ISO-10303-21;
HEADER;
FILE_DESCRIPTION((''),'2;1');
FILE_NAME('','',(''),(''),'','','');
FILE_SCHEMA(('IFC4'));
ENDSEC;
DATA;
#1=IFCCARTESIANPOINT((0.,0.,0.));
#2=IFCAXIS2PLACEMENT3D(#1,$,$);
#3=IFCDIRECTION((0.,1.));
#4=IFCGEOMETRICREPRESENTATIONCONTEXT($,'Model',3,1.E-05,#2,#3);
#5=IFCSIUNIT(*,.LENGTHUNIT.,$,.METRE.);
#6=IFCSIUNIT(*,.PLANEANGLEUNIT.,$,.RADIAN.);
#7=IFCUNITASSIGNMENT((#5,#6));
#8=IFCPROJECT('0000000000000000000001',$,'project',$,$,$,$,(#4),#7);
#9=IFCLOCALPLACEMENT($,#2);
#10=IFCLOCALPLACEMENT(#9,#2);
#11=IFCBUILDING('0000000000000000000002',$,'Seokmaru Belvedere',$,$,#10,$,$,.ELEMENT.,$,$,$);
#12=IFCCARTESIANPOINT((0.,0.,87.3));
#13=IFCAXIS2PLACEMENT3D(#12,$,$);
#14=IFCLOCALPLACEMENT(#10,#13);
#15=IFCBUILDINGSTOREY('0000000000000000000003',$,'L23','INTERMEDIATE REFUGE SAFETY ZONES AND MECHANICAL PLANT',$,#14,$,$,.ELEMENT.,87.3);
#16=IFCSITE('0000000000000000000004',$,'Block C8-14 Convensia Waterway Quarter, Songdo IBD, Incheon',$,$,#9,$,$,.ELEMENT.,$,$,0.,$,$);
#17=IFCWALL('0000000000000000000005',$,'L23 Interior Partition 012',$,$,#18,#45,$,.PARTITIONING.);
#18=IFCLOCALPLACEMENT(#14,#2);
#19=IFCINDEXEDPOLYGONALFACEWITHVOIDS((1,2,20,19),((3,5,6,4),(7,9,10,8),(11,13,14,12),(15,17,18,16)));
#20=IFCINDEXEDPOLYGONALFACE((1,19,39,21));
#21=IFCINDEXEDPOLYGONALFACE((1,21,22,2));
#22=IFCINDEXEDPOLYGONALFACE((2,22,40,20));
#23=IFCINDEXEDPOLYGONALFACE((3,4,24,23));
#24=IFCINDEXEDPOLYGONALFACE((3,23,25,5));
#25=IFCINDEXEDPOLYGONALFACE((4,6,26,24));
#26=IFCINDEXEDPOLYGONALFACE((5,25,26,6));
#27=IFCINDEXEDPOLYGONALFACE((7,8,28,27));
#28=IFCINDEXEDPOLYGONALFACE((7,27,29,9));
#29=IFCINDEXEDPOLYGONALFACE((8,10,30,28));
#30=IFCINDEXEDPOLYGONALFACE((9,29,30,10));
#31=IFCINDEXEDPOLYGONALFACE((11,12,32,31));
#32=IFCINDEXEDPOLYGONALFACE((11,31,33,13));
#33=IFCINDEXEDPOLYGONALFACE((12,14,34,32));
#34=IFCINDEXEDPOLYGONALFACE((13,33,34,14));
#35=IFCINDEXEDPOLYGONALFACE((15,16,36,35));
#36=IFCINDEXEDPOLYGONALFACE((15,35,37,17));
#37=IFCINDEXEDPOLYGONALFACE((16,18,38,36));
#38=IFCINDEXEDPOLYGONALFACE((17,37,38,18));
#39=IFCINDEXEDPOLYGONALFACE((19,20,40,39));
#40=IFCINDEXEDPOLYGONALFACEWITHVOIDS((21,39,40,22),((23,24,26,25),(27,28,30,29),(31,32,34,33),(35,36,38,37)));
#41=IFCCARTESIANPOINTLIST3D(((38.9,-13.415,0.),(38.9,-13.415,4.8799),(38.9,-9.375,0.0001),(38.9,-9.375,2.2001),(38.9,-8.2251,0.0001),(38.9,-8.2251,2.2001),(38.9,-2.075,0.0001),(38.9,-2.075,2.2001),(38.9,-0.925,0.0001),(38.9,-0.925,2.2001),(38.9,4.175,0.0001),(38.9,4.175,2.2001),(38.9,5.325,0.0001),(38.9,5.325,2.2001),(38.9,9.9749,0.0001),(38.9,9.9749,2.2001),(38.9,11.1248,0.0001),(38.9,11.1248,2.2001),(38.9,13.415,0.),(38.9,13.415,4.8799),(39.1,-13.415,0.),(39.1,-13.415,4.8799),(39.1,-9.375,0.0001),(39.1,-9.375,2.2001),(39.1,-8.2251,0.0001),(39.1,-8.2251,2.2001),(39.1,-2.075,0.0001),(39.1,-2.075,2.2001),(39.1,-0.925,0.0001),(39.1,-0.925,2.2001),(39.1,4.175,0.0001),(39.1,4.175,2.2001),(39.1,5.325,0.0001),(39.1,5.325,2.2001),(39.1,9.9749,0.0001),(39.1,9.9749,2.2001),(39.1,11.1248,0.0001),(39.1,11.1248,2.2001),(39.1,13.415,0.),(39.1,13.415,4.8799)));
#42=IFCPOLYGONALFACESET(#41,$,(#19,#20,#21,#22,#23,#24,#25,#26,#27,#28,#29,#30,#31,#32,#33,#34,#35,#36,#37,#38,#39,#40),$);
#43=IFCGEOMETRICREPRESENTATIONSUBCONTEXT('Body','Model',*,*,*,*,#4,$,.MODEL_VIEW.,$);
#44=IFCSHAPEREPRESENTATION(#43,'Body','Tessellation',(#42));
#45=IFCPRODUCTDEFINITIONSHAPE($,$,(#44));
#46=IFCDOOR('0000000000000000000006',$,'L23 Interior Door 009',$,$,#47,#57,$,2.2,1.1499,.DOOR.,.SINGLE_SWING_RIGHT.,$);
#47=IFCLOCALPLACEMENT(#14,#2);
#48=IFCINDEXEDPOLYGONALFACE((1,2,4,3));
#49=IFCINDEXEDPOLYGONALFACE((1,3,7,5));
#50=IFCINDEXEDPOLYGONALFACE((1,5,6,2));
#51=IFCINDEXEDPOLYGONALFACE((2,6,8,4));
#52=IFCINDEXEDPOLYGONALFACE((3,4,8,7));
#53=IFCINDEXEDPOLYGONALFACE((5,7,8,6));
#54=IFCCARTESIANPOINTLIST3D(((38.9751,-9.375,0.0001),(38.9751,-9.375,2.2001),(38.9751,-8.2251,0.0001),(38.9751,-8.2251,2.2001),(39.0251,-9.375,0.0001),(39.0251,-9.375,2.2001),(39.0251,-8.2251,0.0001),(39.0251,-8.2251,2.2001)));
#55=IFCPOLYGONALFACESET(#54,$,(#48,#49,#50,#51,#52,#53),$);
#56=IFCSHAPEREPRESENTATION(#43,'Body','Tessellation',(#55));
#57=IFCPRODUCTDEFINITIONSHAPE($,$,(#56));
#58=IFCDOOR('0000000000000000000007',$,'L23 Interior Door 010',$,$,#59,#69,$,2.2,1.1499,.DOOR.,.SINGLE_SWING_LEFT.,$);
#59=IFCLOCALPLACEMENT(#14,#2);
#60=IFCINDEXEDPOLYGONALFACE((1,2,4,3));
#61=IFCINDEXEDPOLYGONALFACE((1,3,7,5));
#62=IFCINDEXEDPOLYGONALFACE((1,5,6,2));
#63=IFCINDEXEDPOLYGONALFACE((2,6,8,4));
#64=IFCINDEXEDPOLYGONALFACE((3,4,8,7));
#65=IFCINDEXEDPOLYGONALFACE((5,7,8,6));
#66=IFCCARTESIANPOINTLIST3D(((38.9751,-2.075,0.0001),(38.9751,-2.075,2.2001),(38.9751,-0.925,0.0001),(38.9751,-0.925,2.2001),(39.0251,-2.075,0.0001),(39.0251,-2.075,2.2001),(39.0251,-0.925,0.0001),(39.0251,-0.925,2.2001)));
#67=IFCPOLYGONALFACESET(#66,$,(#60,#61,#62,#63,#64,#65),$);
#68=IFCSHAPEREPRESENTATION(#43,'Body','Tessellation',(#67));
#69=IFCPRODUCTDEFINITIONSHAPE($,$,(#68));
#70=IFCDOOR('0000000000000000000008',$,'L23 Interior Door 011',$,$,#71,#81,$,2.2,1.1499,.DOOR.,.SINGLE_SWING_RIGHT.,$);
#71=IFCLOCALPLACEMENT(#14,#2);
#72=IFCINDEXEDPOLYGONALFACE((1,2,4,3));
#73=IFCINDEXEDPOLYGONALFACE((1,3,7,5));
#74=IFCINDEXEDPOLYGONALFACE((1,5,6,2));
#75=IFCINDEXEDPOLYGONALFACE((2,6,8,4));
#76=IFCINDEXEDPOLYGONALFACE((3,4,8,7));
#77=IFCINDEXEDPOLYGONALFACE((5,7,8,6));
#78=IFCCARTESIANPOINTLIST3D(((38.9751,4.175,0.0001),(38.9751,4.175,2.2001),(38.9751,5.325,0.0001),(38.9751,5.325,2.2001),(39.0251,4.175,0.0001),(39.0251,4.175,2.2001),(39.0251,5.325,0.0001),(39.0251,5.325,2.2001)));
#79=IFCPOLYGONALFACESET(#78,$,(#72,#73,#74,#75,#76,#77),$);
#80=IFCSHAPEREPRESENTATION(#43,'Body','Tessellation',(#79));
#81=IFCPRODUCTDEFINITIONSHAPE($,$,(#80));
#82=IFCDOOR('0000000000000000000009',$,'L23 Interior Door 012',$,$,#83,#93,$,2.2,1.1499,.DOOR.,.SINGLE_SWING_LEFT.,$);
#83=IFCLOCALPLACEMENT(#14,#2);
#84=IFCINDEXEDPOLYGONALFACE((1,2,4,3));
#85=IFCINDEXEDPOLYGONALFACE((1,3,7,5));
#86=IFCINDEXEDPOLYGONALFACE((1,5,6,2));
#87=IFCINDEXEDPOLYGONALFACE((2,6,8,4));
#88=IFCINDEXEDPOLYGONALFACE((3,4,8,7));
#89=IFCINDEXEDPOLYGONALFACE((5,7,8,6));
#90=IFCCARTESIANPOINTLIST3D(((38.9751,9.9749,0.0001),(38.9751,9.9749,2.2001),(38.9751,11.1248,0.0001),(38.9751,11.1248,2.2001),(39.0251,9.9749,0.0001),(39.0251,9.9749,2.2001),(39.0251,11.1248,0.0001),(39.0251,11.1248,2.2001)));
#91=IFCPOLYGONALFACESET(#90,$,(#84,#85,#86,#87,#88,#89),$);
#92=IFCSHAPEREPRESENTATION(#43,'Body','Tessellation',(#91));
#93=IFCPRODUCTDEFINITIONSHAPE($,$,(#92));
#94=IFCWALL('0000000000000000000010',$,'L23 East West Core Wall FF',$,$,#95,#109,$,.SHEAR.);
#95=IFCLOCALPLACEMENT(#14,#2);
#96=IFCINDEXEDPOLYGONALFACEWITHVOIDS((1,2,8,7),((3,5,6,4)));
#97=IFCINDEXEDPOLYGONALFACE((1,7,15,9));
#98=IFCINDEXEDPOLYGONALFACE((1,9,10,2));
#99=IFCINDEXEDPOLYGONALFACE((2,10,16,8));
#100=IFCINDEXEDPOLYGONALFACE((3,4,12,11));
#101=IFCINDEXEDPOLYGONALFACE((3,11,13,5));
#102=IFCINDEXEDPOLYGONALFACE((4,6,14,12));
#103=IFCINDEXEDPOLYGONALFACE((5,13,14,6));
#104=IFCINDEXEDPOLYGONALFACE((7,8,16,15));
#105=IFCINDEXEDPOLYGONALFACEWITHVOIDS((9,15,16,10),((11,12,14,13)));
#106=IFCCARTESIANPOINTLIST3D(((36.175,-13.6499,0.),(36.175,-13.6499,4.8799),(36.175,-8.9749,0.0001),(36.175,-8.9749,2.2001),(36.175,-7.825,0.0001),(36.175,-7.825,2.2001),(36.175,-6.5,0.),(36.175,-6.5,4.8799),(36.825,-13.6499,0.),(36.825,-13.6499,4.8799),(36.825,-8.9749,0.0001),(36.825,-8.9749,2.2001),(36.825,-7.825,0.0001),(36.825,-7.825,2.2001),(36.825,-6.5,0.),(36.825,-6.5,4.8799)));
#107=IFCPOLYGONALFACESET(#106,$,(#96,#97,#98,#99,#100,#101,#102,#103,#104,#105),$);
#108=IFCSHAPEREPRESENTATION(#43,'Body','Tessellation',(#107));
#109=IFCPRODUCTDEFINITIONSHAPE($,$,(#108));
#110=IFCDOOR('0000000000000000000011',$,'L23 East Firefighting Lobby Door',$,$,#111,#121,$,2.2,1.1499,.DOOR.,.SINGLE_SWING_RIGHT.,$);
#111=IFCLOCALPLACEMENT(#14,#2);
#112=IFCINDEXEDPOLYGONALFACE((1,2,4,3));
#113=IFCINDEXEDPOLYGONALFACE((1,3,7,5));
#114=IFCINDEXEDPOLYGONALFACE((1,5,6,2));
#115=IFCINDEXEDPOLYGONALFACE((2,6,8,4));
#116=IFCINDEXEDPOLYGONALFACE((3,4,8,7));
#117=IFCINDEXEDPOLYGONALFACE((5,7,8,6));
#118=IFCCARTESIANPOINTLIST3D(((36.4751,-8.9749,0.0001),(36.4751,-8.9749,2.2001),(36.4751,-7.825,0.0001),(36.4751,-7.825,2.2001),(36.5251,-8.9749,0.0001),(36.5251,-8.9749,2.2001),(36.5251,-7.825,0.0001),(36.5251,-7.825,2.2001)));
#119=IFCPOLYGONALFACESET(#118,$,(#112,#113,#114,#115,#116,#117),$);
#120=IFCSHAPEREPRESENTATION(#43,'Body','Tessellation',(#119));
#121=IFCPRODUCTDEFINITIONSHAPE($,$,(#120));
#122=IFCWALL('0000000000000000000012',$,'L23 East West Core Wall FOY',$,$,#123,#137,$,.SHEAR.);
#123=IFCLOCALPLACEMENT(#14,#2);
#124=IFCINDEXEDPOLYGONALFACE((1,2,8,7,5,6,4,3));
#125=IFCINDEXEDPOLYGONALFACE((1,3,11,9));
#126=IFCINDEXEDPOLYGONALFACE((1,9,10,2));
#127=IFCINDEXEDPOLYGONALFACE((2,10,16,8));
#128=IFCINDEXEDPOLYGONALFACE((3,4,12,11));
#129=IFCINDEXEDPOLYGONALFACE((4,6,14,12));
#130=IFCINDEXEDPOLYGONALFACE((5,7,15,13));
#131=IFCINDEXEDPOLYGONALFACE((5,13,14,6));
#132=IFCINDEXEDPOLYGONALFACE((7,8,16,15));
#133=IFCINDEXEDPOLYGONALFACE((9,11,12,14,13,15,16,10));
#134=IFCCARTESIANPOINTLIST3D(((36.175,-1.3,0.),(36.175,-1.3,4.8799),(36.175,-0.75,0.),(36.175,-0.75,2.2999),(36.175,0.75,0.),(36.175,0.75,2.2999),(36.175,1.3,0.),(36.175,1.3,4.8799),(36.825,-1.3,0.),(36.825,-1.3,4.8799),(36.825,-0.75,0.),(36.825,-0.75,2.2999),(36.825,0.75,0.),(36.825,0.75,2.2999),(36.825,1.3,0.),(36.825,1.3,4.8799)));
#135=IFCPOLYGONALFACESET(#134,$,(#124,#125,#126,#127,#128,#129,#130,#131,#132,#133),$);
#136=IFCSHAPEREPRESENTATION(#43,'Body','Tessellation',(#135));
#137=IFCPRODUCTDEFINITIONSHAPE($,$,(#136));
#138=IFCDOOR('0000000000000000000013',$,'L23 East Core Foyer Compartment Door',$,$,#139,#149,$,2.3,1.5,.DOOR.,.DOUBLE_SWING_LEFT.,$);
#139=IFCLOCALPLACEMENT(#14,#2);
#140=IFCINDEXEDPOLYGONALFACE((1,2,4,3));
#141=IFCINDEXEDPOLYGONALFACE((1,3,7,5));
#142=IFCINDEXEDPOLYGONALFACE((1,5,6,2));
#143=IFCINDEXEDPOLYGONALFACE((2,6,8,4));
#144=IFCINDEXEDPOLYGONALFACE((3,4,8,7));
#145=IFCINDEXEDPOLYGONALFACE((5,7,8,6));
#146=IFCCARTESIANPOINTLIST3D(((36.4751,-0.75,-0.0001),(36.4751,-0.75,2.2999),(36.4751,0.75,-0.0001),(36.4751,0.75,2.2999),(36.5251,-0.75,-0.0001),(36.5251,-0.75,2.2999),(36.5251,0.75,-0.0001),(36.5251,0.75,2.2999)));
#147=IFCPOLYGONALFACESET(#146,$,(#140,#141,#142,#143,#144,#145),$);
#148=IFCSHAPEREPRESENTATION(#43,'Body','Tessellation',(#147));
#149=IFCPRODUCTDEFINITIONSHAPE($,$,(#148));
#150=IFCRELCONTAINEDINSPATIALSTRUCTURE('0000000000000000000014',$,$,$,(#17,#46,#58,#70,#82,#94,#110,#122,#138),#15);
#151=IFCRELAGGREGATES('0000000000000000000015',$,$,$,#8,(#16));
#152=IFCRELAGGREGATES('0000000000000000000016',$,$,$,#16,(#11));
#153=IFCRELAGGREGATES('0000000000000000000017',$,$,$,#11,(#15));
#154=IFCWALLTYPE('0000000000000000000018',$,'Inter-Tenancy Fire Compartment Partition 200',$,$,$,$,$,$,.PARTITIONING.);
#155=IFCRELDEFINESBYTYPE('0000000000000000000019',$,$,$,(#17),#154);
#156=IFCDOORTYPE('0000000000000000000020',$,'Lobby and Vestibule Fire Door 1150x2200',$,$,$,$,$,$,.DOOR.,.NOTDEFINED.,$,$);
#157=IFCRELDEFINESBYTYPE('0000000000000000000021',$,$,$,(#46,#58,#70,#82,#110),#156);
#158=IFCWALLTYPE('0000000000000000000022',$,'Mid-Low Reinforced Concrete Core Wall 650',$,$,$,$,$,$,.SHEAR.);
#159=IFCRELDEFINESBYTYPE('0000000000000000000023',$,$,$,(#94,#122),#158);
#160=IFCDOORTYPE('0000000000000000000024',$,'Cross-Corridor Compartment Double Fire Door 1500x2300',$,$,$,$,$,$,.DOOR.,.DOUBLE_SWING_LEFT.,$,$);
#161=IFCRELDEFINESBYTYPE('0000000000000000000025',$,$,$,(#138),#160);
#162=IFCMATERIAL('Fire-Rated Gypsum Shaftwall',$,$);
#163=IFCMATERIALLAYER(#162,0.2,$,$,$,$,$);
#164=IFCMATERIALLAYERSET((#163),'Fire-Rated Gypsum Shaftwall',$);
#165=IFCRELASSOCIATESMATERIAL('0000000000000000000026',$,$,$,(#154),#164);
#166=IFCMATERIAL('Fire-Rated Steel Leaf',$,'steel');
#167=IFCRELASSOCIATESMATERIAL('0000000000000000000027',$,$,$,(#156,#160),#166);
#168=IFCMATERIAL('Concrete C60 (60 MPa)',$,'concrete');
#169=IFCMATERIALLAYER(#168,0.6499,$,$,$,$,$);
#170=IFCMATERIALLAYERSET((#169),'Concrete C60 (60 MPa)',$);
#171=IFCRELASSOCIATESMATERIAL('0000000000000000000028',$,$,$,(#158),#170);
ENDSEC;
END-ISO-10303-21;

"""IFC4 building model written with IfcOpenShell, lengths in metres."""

from ifc_helpers import new_model, si_unit, direction, frame, frame_2d, origin, place, context, subcontext, project, spatial, rectangle, extrude, source, transform, mapped, material, layer, layer_set, type_object, type_shapes, element, fill, save


model = new_model("IFC4")

# Units and contexts
model_context = context("Model", 3, precision=1e-05, world=origin(), true_north=direction((0.0, 1.0)))
body_context = subcontext(model_context, "Body", "Model", "MODEL_VIEW")
ifc_project = project(units=[si_unit("LENGTHUNIT", "METRE"), si_unit("PLANEANGLEUNIT", "RADIAN")], contexts=[model_context])

# Site, building, storey
site_placement = place(None, origin())
site = spatial("IfcSite", under=ifc_project, at=site_placement, Name="Block C8-14 Convensia Waterway Quarter, Songdo IBD, Incheon", CompositionType="ELEMENT", RefElevation=0.0)
building_placement = place(site_placement, origin())
building = spatial("IfcBuilding", under=site, at=building_placement, Name="Seokmaru Belvedere", CompositionType="ELEMENT")
storey_placement = place(building_placement, frame((0.0, 0.0, 87.3)))
storey = spatial("IfcBuildingStorey", under=building, at=storey_placement, Name="L23", Description="INTERMEDIATE REFUGE SAFETY ZONES AND MECHANICAL PLANT", CompositionType="ELEMENT", Elevation=87.3)

# Shared definitions
ifc_material_1 = material(Name="Fire-Rated Gypsum Shaftwall")
ifc_layer_1 = layer(ifc_material_1, 0.2)
ifc_layer_set_1 = layer_set([ifc_layer_1], Name="Fire-Rated Gypsum Shaftwall")
wall_type_1 = type_object("IfcWallType", Name="Inter-Tenancy Fire Compartment Partition 200", PredefinedType="PARTITIONING", material=ifc_layer_set_1)
ifc_material_2 = material(Name="Fire-Rated Steel Leaf", Category="steel")
door_type_1 = type_object("IfcDoorType", Name="Lobby and Vestibule Fire Door 1150x2200", OperationType="NOTDEFINED", PredefinedType="DOOR", material=ifc_material_2)
shared_shape_1 = source(origin(), body_context, "Body", "SweptSolid", [
    extrude(rectangle(XDim=1.1499, YDim=2.2, at=frame_2d((0.575, 1.1001))), frame((0.0, 0.0249, 0.0), z_axis=(0.0, -1.0, 0.0), x_axis=(1.0, 0.0, 0.0)), (0.0, 0.0, 1.0), 0.05),
])
type_shapes(door_type_1, [shared_shape_1])

# Wall, openings, doors
wall_1_placement = place(storey_placement, frame((39.0, -13.415, 0.0), z_axis=(0.0, 0.0, 1.0), x_axis=(0.0, 1.0, 0.0)))
wall_1 = element("IfcWall", 1, at=wall_1_placement, inside=storey, type_object=wall_type_1, Name="L23 Interior Partition 012", PredefinedType="PARTITIONING", context=body_context, shape_type="SweptSolid", body=[
    extrude(rectangle(XDim=26.8301, YDim=0.2, at=frame_2d((13.415, 0.0))), origin(), (0.0, 0.0, 1.0), 4.8799),
])
opening_1_placement = place(wall_1_placement, frame((4.04, 0.0, 0.0)))
opening_1 = element("IfcOpeningElement", 2, at=opening_1_placement, cuts=wall_1, PredefinedType="OPENING", context=body_context, shape_type="SweptSolid", body=[
    extrude(rectangle(XDim=1.1499, YDim=2.2, at=frame_2d((0.575, 1.1001))), frame((0.0, 0.1099, 0.0), z_axis=(0.0, -1.0, 0.0), x_axis=(1.0, 0.0, 0.0)), (0.0, 0.0, 1.0), 0.22),
])
opening_2_placement = place(wall_1_placement, frame((11.3401, 0.0, 0.0)))
opening_2 = element("IfcOpeningElement", 3, at=opening_2_placement, cuts=wall_1, PredefinedType="OPENING", context=body_context, shape_type="SweptSolid", body=[
    extrude(rectangle(XDim=1.1499, YDim=2.2, at=frame_2d((0.575, 1.1001))), frame((0.0, 0.1099, 0.0), z_axis=(0.0, -1.0, 0.0), x_axis=(1.0, 0.0, 0.0)), (0.0, 0.0, 1.0), 0.22),
])
opening_3_placement = place(wall_1_placement, frame((17.5901, 0.0, 0.0)))
opening_3 = element("IfcOpeningElement", 4, at=opening_3_placement, cuts=wall_1, PredefinedType="OPENING", context=body_context, shape_type="SweptSolid", body=[
    extrude(rectangle(XDim=1.1499, YDim=2.2, at=frame_2d((0.575, 1.1001))), frame((0.0, 0.1099, 0.0), z_axis=(0.0, -1.0, 0.0), x_axis=(1.0, 0.0, 0.0)), (0.0, 0.0, 1.0), 0.22),
])
opening_4_placement = place(wall_1_placement, frame((23.3899, 0.0, 0.0)))
opening_4 = element("IfcOpeningElement", 5, at=opening_4_placement, cuts=wall_1, PredefinedType="OPENING", context=body_context, shape_type="SweptSolid", body=[
    extrude(rectangle(XDim=1.1499, YDim=2.2, at=frame_2d((0.575, 1.1001))), frame((0.0, 0.1099, 0.0), z_axis=(0.0, -1.0, 0.0), x_axis=(1.0, 0.0, 0.0)), (0.0, 0.0, 1.0), 0.22),
])
door_1_placement = place(opening_1_placement, origin())
door_1 = element("IfcDoor", 6, at=door_1_placement, inside=storey, type_object=door_type_1, Name="L23 Interior Door 009", OperationType="SINGLE_SWING_RIGHT", OverallHeight=2.2, OverallWidth=1.1499, PredefinedType="DOOR", context=body_context, shape_type="MappedRepresentation", body=[
    mapped(shared_shape_1, transform((0.0, 0.0, 0.0), scale=1.0)),
])
fill(opening_1, door_1)
door_2_placement = place(opening_2_placement, origin())
door_2 = element("IfcDoor", 7, at=door_2_placement, inside=storey, type_object=door_type_1, Name="L23 Interior Door 010", OperationType="SINGLE_SWING_LEFT", OverallHeight=2.2, OverallWidth=1.1499, PredefinedType="DOOR", context=body_context, shape_type="MappedRepresentation", body=[
    mapped(shared_shape_1, transform((0.0, 0.0, 0.0), scale=1.0)),
])
fill(opening_2, door_2)
door_3_placement = place(opening_3_placement, origin())
door_3 = element("IfcDoor", 8, at=door_3_placement, inside=storey, type_object=door_type_1, Name="L23 Interior Door 011", OperationType="SINGLE_SWING_RIGHT", OverallHeight=2.2, OverallWidth=1.1499, PredefinedType="DOOR", context=body_context, shape_type="MappedRepresentation", body=[
    mapped(shared_shape_1, transform((0.0, 0.0, 0.0), scale=1.0)),
])
fill(opening_3, door_3)
door_4_placement = place(opening_4_placement, origin())
door_4 = element("IfcDoor", 9, at=door_4_placement, inside=storey, type_object=door_type_1, Name="L23 Interior Door 012", OperationType="SINGLE_SWING_LEFT", OverallHeight=2.2, OverallWidth=1.1499, PredefinedType="DOOR", context=body_context, shape_type="MappedRepresentation", body=[
    mapped(shared_shape_1, transform((0.0, 0.0, 0.0), scale=1.0)),
])
fill(opening_4, door_4)

# Walls, openings, doors
ifc_material_3 = material(Name="Concrete C60 (60 MPa)", Category="concrete")
ifc_layer_2 = layer(ifc_material_3, 0.6499)
ifc_layer_set_2 = layer_set([ifc_layer_2], Name="Concrete C60 (60 MPa)")
wall_type_2 = type_object("IfcWallType", Name="Mid-Low Reinforced Concrete Core Wall 650", PredefinedType="SHEAR", material=ifc_layer_set_2)
wall_2_placement = place(storey_placement, frame((36.5, -13.6499, 0.0), z_axis=(0.0, 0.0, 1.0), x_axis=(0.0, 1.0, 0.0)))
wall_2 = element("IfcWall", 10, at=wall_2_placement, inside=storey, type_object=wall_type_2, Name="L23 East West Core Wall FF", PredefinedType="SHEAR", context=body_context, shape_type="SweptSolid", body=[
    extrude(rectangle(XDim=7.1499, YDim=0.6499, at=frame_2d((3.575, 0.0))), origin(), (0.0, 0.0, 1.0), 4.8799),
])
opening_5_placement = place(wall_2_placement, frame((4.675, 0.0, 0.0)))
opening_5 = element("IfcOpeningElement", 11, at=opening_5_placement, cuts=wall_2, PredefinedType="OPENING", context=body_context, shape_type="SweptSolid", body=[
    extrude(rectangle(XDim=1.1499, YDim=2.2, at=frame_2d((0.575, 1.1001))), frame((0.0, 0.335, 0.0), z_axis=(0.0, -1.0, 0.0), x_axis=(1.0, 0.0, 0.0)), (0.0, 0.0, 1.0), 0.6699),
])
door_5_placement = place(opening_5_placement, origin())
door_5 = element("IfcDoor", 12, at=door_5_placement, inside=storey, type_object=door_type_1, Name="L23 East Firefighting Lobby Door", OperationType="SINGLE_SWING_RIGHT", OverallHeight=2.2, OverallWidth=1.1499, PredefinedType="DOOR", context=body_context, shape_type="MappedRepresentation", body=[
    mapped(shared_shape_1, transform((0.0, 0.0, 0.0), scale=1.0)),
])
fill(opening_5, door_5)
wall_3_placement = place(storey_placement, frame((36.5, -1.3, 0.0), z_axis=(0.0, 0.0, 1.0), x_axis=(0.0, 1.0, 0.0)))
wall_3 = element("IfcWall", 13, at=wall_3_placement, inside=storey, type_object=wall_type_2, Name="L23 East West Core Wall FOY", PredefinedType="SHEAR", context=body_context, shape_type="SweptSolid", body=[
    extrude(rectangle(XDim=2.6001, YDim=0.6499, at=frame_2d((1.3, 0.0))), origin(), (0.0, 0.0, 1.0), 4.8799),
])
opening_6_placement = place(wall_3_placement, frame((0.55, 0.0, 0.0)))
opening_6 = element("IfcOpeningElement", 14, at=opening_6_placement, cuts=wall_3, PredefinedType="OPENING", context=body_context, shape_type="SweptSolid", body=[
    extrude(rectangle(XDim=1.5, YDim=2.3, at=frame_2d((0.75, 1.1499))), frame((0.0, 0.335, 0.0), z_axis=(0.0, -1.0, 0.0), x_axis=(1.0, 0.0, 0.0)), (0.0, 0.0, 1.0), 0.6699),
])
door_type_2 = type_object("IfcDoorType", Name="Cross-Corridor Compartment Double Fire Door 1500x2300", OperationType="DOUBLE_SWING_LEFT", PredefinedType="DOOR", material=ifc_material_2)
shared_shape_2 = source(origin(), body_context, "Body", "SweptSolid", [
    extrude(rectangle(XDim=1.5, YDim=2.3, at=frame_2d((0.75, 1.1499))), frame((0.0, 0.0249, 0.0), z_axis=(0.0, -1.0, 0.0), x_axis=(1.0, 0.0, 0.0)), (0.0, 0.0, 1.0), 0.05),
])
type_shapes(door_type_2, [shared_shape_2])
door_6_placement = place(opening_6_placement, origin())
door_6 = element("IfcDoor", 15, at=door_6_placement, inside=storey, type_object=door_type_2, Name="L23 East Core Foyer Compartment Door", OperationType="DOUBLE_SWING_LEFT", OverallHeight=2.3, OverallWidth=1.5, PredefinedType="DOOR", context=body_context, shape_type="MappedRepresentation", body=[
    mapped(shared_shape_2, transform((0.0, 0.0, 0.0), scale=1.0)),
])
fill(opening_6, door_6)

save(model, "model.ifc")
